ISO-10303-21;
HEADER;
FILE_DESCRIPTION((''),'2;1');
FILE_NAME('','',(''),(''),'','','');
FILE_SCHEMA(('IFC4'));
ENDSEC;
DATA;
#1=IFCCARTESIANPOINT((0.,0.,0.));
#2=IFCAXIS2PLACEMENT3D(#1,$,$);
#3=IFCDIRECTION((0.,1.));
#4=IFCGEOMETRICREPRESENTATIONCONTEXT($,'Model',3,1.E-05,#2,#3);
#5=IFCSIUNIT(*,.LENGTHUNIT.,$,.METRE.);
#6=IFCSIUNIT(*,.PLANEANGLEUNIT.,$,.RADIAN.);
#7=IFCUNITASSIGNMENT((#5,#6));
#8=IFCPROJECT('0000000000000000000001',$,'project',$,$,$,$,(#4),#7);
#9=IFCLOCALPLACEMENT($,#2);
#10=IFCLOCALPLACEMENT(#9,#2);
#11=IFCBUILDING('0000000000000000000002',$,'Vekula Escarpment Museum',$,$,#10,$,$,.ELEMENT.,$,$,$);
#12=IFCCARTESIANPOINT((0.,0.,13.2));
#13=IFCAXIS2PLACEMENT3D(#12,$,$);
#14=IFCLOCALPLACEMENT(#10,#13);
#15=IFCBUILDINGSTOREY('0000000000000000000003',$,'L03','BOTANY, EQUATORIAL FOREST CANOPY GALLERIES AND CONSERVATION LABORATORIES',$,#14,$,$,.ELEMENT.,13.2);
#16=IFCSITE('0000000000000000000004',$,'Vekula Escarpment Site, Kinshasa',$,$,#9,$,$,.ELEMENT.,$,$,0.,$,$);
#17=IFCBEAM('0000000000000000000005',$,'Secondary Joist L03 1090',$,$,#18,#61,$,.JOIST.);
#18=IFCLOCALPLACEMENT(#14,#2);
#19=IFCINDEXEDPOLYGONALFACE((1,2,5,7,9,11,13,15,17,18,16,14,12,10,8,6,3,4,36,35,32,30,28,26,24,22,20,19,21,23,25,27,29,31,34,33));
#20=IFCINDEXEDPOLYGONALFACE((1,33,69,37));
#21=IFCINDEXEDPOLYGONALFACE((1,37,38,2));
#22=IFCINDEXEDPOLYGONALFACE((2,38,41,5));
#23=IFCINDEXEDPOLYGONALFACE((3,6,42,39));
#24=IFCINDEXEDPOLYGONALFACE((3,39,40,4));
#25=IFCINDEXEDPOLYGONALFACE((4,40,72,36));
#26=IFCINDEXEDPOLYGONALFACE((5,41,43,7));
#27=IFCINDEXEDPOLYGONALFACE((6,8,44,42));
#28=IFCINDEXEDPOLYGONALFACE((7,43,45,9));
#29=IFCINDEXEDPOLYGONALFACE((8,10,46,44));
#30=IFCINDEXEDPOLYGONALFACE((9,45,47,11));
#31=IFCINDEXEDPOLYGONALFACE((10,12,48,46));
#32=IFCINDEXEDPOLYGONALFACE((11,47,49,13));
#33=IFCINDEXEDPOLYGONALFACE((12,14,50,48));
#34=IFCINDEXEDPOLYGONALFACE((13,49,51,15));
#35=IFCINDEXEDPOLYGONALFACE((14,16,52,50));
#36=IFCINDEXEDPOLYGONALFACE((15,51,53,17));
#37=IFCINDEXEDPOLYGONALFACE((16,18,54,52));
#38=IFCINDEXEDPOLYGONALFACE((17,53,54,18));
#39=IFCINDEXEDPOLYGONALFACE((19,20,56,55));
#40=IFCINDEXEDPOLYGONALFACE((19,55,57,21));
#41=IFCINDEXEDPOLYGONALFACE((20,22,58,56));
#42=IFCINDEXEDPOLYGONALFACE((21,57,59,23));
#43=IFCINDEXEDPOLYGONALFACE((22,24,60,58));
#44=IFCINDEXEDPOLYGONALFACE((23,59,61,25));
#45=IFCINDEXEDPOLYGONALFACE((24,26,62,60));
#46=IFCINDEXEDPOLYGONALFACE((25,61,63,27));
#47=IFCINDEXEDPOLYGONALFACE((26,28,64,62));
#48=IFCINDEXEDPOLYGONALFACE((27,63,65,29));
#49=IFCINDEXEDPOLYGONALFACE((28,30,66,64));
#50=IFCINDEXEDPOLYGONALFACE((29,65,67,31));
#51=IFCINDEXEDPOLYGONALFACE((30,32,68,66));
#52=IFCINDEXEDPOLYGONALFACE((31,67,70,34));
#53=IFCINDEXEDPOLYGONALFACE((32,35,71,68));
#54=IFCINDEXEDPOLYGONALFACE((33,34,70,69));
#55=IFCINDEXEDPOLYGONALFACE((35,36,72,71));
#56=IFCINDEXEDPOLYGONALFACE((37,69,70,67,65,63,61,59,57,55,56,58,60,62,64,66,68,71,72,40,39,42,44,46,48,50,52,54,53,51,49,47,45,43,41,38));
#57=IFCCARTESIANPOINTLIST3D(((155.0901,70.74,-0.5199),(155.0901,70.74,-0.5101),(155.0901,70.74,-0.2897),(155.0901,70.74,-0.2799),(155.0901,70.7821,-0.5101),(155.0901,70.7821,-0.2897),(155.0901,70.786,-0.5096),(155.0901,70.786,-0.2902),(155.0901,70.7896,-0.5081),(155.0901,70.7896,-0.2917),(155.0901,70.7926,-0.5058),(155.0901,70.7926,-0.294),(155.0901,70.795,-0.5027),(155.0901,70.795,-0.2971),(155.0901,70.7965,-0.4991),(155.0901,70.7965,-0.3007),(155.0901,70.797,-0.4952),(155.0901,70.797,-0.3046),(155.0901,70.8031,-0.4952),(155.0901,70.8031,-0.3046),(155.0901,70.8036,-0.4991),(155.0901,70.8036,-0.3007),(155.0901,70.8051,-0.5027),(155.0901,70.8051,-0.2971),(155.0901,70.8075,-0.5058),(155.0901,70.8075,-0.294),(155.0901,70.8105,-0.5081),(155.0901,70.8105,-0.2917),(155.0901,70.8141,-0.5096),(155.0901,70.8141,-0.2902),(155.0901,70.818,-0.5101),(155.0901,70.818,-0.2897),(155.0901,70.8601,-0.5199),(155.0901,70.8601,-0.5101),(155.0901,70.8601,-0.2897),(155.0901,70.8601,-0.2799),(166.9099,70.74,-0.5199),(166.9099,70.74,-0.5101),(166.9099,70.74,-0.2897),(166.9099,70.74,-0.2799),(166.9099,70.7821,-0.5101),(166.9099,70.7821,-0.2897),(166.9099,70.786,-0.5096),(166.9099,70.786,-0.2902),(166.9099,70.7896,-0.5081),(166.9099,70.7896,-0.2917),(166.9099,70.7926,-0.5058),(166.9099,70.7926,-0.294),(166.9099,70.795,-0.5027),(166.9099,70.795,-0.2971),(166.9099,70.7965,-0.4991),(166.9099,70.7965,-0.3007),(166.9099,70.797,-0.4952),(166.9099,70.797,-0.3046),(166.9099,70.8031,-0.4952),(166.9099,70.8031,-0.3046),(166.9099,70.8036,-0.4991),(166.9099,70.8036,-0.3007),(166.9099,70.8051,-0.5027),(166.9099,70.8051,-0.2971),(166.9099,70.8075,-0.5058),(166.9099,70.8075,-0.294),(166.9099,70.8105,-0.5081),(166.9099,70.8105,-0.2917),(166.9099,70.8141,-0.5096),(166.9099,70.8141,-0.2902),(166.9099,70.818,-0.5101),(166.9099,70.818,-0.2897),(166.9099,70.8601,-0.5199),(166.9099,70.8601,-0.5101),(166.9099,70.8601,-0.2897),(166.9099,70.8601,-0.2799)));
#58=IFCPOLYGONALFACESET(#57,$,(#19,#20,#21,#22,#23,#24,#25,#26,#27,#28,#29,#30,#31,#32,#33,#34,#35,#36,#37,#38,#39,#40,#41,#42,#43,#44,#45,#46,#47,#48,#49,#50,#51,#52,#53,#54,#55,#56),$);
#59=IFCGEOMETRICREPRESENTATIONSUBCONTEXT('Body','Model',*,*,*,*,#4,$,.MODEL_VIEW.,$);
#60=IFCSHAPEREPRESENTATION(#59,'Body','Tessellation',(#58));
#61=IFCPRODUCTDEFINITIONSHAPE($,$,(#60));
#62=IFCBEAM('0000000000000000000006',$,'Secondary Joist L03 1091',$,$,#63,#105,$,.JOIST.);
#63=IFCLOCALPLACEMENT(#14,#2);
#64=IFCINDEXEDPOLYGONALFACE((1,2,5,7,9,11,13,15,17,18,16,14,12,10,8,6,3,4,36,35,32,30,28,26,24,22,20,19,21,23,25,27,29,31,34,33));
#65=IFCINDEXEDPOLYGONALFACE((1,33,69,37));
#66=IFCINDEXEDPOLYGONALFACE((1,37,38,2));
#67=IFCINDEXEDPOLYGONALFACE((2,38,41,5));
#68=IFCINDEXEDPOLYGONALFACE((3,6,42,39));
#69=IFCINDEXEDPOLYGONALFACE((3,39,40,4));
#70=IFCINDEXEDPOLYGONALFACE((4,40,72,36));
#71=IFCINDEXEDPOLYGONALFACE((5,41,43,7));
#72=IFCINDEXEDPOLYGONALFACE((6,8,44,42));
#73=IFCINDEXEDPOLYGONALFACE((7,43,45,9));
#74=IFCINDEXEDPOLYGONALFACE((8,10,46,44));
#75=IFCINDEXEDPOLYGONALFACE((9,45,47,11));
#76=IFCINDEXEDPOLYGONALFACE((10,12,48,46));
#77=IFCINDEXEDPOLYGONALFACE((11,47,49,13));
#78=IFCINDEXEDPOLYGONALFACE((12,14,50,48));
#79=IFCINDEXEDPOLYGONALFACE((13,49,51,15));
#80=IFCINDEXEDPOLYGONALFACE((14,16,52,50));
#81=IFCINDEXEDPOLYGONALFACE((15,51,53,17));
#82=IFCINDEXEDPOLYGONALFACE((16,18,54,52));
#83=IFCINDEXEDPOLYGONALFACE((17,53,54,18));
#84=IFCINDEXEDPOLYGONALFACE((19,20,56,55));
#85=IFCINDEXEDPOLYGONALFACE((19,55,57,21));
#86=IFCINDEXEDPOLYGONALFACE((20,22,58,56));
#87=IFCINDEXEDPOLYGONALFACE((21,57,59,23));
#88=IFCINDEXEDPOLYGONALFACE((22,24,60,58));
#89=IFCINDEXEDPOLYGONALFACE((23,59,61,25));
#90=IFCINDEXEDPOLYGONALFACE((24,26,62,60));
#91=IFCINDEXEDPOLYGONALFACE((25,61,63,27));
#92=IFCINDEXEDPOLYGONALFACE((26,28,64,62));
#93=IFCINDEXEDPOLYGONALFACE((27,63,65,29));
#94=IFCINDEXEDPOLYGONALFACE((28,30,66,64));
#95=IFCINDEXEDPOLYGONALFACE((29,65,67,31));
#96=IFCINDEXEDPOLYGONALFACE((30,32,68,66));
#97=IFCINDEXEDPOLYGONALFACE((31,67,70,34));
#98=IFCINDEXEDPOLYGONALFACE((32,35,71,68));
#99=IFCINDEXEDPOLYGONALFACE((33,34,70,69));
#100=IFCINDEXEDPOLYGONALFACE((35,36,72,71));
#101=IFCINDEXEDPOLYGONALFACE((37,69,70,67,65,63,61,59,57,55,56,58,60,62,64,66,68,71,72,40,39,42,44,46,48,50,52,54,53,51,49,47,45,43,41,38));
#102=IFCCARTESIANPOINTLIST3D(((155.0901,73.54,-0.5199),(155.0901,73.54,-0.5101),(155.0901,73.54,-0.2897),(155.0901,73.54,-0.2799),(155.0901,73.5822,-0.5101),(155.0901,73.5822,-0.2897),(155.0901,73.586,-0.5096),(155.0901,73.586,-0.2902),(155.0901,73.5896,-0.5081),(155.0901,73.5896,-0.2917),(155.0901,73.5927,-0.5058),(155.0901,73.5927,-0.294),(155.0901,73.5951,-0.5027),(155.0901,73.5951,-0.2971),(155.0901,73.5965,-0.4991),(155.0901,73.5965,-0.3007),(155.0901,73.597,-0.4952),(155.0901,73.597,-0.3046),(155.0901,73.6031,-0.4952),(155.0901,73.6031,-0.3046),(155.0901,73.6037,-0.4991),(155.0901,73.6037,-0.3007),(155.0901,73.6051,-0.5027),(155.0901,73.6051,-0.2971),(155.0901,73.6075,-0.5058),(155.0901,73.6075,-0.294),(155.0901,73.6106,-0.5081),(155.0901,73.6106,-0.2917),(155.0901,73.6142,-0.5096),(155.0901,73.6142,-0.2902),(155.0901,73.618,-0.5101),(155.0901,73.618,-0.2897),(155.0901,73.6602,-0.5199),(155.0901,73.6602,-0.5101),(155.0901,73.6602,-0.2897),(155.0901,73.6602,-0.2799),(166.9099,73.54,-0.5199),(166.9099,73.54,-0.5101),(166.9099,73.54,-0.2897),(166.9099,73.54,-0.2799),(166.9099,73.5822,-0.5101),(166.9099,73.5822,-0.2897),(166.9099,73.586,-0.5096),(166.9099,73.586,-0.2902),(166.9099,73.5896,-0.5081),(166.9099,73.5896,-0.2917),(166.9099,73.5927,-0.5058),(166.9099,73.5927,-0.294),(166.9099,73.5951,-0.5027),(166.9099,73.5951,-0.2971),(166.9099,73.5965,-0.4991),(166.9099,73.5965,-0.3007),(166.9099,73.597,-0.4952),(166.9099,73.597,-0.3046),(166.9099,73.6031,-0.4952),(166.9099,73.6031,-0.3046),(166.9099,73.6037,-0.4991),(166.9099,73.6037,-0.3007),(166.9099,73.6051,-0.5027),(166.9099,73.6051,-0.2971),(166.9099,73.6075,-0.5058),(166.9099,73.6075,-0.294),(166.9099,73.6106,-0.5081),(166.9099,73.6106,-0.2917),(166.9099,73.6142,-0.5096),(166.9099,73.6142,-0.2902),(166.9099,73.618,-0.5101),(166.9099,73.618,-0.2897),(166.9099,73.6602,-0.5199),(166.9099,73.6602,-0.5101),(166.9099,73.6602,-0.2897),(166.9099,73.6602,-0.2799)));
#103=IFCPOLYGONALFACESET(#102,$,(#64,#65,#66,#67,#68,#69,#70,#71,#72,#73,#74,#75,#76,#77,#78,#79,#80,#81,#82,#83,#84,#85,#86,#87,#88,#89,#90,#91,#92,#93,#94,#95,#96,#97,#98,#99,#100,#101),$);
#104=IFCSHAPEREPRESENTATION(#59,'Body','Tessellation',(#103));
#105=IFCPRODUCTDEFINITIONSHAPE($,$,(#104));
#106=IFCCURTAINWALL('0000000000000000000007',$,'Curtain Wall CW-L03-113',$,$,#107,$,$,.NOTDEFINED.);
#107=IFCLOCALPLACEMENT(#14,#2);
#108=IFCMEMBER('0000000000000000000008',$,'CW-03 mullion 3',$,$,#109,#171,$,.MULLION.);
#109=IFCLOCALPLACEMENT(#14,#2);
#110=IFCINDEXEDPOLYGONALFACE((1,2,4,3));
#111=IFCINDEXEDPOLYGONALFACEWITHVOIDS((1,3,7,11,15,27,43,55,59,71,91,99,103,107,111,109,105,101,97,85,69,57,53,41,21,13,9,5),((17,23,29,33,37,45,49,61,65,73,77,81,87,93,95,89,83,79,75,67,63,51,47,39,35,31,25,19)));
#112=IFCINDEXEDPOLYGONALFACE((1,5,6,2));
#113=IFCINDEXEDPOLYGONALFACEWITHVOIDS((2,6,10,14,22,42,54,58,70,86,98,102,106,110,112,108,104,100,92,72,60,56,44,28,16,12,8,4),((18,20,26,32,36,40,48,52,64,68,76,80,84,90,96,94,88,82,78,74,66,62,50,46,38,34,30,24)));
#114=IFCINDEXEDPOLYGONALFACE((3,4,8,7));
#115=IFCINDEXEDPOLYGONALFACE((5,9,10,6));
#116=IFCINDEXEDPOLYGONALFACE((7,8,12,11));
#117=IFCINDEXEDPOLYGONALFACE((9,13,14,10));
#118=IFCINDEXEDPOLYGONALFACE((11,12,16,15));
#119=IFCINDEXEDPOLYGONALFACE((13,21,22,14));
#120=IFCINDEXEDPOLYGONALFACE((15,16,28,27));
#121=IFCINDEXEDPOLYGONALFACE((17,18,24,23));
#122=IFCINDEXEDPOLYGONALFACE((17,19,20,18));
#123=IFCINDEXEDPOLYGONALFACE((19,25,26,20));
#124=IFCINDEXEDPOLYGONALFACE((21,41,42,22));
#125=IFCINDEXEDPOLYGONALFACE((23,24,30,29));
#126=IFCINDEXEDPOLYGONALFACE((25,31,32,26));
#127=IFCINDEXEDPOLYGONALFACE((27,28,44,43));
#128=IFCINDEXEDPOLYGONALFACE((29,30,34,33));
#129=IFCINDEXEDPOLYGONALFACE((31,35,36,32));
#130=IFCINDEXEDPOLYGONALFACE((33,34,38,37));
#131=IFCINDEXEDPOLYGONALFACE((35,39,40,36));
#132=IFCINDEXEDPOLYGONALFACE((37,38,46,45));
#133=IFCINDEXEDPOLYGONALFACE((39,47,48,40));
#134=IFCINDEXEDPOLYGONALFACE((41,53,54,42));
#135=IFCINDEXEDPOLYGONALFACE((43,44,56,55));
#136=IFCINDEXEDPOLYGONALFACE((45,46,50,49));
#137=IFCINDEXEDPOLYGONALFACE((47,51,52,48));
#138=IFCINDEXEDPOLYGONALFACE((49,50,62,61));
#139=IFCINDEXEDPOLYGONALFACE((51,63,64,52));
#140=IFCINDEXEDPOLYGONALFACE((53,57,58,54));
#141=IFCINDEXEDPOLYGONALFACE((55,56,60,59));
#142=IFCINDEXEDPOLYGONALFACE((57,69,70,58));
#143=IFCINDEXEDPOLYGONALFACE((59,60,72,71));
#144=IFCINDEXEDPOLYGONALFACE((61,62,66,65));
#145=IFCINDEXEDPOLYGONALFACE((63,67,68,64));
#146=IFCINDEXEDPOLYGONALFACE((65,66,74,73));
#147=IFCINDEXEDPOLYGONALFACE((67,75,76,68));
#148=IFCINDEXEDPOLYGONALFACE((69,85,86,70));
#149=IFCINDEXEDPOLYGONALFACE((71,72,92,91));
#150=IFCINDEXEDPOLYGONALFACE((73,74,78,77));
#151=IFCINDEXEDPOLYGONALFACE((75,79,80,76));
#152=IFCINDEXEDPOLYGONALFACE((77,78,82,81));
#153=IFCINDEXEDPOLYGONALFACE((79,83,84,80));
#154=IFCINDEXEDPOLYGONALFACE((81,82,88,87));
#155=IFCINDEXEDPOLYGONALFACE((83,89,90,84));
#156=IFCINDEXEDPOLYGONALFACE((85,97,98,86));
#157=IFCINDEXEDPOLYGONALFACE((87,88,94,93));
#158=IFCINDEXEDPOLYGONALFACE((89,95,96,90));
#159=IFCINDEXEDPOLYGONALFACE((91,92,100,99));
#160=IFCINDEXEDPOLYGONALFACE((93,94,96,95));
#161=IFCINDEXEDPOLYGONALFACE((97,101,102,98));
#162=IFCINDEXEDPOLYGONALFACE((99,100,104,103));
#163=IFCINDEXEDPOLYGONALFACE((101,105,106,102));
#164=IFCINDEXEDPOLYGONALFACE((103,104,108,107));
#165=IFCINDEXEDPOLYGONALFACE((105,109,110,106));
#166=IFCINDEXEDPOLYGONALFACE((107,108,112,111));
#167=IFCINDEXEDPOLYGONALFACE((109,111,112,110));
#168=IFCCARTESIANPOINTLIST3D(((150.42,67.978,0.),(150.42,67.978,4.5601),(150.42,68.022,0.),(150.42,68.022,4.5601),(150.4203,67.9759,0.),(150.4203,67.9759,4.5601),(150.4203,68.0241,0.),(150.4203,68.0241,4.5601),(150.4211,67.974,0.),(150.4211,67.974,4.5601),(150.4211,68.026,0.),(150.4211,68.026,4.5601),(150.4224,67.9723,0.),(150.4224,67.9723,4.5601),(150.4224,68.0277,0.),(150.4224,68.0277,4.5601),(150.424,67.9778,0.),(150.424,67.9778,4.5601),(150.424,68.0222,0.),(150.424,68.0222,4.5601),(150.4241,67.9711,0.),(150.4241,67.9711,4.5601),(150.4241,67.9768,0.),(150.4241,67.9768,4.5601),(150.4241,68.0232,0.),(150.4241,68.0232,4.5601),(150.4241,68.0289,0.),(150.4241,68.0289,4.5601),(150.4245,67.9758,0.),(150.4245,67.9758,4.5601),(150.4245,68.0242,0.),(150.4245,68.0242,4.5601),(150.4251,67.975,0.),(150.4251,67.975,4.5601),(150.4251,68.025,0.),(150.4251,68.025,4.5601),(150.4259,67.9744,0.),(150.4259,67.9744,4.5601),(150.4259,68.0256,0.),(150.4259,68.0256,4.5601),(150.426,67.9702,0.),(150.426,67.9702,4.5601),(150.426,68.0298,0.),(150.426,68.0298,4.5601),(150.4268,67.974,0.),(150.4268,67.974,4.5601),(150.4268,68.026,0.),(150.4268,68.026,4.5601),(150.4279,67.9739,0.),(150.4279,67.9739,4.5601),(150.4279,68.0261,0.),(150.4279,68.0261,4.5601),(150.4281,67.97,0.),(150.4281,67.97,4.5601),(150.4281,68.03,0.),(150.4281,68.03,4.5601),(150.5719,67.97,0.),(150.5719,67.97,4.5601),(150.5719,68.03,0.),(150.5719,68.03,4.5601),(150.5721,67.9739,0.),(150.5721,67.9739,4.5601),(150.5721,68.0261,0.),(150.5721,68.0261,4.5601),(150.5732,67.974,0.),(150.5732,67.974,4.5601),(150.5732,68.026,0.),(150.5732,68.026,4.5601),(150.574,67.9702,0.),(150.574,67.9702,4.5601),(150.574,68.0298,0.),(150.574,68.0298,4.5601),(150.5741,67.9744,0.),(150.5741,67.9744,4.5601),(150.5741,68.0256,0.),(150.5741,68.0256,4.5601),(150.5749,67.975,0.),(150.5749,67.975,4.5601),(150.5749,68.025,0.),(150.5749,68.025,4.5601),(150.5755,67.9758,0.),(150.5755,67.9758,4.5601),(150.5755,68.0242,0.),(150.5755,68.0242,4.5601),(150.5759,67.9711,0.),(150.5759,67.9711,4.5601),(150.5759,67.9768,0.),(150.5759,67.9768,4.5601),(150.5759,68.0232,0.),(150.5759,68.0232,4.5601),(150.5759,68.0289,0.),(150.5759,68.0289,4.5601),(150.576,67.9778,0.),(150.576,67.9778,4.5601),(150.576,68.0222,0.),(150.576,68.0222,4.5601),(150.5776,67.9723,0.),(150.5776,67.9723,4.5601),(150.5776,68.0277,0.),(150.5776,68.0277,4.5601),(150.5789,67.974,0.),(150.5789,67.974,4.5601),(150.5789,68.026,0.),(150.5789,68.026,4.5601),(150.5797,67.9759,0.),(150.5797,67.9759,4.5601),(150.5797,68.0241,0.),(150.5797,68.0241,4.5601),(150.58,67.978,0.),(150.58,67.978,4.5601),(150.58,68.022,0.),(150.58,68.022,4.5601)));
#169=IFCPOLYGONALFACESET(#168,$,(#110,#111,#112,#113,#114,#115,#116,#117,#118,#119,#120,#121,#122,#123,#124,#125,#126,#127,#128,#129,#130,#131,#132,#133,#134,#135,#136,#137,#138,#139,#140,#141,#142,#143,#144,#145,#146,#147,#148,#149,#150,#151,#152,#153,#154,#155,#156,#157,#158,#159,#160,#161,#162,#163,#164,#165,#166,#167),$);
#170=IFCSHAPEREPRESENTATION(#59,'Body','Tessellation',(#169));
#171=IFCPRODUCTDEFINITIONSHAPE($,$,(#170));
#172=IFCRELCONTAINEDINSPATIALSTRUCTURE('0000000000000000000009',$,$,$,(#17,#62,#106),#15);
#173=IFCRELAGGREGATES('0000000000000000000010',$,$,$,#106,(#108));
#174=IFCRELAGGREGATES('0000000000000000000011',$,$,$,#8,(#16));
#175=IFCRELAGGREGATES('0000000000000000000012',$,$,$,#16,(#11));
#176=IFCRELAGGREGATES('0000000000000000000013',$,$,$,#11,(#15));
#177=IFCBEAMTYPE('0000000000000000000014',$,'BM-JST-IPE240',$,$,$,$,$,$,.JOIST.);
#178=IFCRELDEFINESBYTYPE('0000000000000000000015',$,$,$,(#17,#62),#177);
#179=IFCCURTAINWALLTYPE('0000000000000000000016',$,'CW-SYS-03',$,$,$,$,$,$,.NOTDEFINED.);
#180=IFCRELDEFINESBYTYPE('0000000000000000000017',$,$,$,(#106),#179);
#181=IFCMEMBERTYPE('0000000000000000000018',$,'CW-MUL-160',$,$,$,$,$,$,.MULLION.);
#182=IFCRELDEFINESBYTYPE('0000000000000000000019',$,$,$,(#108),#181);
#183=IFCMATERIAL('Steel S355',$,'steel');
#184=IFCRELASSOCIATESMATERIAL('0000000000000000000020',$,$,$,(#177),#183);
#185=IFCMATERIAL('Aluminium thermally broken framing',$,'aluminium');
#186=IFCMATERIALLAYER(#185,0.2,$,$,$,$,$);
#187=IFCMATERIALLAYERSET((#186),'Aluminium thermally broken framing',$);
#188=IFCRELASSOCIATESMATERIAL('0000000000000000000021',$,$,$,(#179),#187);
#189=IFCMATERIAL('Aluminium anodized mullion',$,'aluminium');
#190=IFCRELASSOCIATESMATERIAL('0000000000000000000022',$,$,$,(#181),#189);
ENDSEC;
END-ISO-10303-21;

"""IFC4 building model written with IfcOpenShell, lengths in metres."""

from ifc_helpers import new_model, si_unit, direction, frame, origin, origin_2d, place, context, subcontext, project, spatial, hollow_rectangle, i_section, extrude, material, layer, layer_set, material_profile, profile_set, type_object, element, aggregate, save


model = new_model("IFC4")

# Units and contexts
model_context = context("Model", 3, precision=1e-05, world=origin(), true_north=direction((0.0, 1.0)))
body_context = subcontext(model_context, "Body", "Model", "MODEL_VIEW")
ifc_project = project(units=[si_unit("LENGTHUNIT", "METRE"), si_unit("PLANEANGLEUNIT", "RADIAN")], contexts=[model_context])

# Site, building, storey
site_placement = place(None, origin())
site = spatial("IfcSite", under=ifc_project, at=site_placement, Name="Vekula Escarpment Site, Kinshasa", CompositionType="ELEMENT", RefElevation=0.0)
building_placement = place(site_placement, origin())
building = spatial("IfcBuilding", under=site, at=building_placement, Name="Vekula Escarpment Museum", CompositionType="ELEMENT")
storey_placement = place(building_placement, frame((0.0, 0.0, 13.2)))
storey = spatial("IfcBuildingStorey", under=building, at=storey_placement, Name="L03", Description="BOTANY, EQUATORIAL FOREST CANOPY GALLERIES AND CONSERVATION LABORATORIES", CompositionType="ELEMENT", Elevation=13.2)

# Beams
ifc_material_1 = material(Name="Steel S355", Category="steel")
ifc_material_profile_1 = material_profile(ifc_material_1, i_section(OverallWidth=0.1201, OverallDepth=0.24, WebThickness=0.0061, FlangeThickness=0.0098, FilletRadius=0.0149, at=origin_2d()), Name="IPE 240")
ifc_profile_set_1 = profile_set([ifc_material_profile_1], Name="Steel S355")
beam_type_1 = type_object("IfcBeamType", Name="BM-JST-IPE240", PredefinedType="JOIST", material=ifc_profile_set_1)
for number, where, z_axis, x_axis, name in (
    (1, (155.0901, 70.8, -0.3999), (1.0, 0.0, 0.0), (0.0, 1.0, 0.0), "Secondary Joist L03 1090"),
    (2, (155.0901, 73.6001, -0.3999), (1.0, 0.0, 0.0), (0.0, 1.0, 0.0), "Secondary Joist L03 1091"),
):
    element("IfcBeam", number, at=place(storey_placement, frame(where, z_axis=z_axis, x_axis=x_axis)), inside=storey, type_object=beam_type_1, Name=name, PredefinedType="JOIST", context=body_context, shape_type="SweptSolid", body=[
        extrude(i_section(OverallWidth=0.1201, OverallDepth=0.24, WebThickness=0.0061, FlangeThickness=0.0098, FilletRadius=0.0149, at=origin_2d()), origin(), (0.0, 0.0, 1.0), 11.8198),
    ])

# Curtain wall, member
ifc_material_2 = material(Name="Aluminium thermally broken framing", Category="aluminium")
ifc_layer_1 = layer(ifc_material_2, 0.2)
ifc_layer_set_1 = layer_set([ifc_layer_1], Name="Aluminium thermally broken framing")
curtain_wall_type_1 = type_object("IfcCurtainWallType", Name="CW-SYS-03", PredefinedType="NOTDEFINED", material=ifc_layer_set_1)
curtain_wall_1_placement = place(storey_placement, origin())
curtain_wall_1 = element("IfcCurtainWall", 3, at=curtain_wall_1_placement, inside=storey, type_object=curtain_wall_type_1, Name="Curtain Wall CW-L03-113", PredefinedType="NOTDEFINED")
ifc_material_3 = material(Name="Aluminium anodized mullion", Category="aluminium")
ifc_material_profile_2 = material_profile(ifc_material_3, hollow_rectangle(XDim=0.0601, YDim=0.1599, WallThickness=0.0039, InnerFilletRadius=0.0039, OuterFilletRadius=0.0081, at=origin_2d()), Name="ALU 160x60x4")
ifc_profile_set_2 = profile_set([ifc_material_profile_2], Name="Aluminium anodized mullion")
member_type_1 = type_object("IfcMemberType", Name="CW-MUL-160", PredefinedType="MULLION", material=ifc_profile_set_2)
member_1_placement = place(storey_placement, frame((150.5, 68.0, 0.0), z_axis=(0.0, 0.0, 1.0), x_axis=(0.0, 1.0, 0.0)))
member_1 = element("IfcMember", 4, at=member_1_placement, type_object=member_type_1, Name="CW-03 mullion 3", PredefinedType="MULLION", context=body_context, shape_type="SweptSolid", body=[
    extrude(hollow_rectangle(XDim=0.0601, YDim=0.1599, WallThickness=0.0039, InnerFilletRadius=0.0039, OuterFilletRadius=0.0081, at=origin_2d()), origin(), (0.0, 0.0, 1.0), 4.5601),
])

aggregate(curtain_wall_1, [member_1])

save(model, "model.ifc")
